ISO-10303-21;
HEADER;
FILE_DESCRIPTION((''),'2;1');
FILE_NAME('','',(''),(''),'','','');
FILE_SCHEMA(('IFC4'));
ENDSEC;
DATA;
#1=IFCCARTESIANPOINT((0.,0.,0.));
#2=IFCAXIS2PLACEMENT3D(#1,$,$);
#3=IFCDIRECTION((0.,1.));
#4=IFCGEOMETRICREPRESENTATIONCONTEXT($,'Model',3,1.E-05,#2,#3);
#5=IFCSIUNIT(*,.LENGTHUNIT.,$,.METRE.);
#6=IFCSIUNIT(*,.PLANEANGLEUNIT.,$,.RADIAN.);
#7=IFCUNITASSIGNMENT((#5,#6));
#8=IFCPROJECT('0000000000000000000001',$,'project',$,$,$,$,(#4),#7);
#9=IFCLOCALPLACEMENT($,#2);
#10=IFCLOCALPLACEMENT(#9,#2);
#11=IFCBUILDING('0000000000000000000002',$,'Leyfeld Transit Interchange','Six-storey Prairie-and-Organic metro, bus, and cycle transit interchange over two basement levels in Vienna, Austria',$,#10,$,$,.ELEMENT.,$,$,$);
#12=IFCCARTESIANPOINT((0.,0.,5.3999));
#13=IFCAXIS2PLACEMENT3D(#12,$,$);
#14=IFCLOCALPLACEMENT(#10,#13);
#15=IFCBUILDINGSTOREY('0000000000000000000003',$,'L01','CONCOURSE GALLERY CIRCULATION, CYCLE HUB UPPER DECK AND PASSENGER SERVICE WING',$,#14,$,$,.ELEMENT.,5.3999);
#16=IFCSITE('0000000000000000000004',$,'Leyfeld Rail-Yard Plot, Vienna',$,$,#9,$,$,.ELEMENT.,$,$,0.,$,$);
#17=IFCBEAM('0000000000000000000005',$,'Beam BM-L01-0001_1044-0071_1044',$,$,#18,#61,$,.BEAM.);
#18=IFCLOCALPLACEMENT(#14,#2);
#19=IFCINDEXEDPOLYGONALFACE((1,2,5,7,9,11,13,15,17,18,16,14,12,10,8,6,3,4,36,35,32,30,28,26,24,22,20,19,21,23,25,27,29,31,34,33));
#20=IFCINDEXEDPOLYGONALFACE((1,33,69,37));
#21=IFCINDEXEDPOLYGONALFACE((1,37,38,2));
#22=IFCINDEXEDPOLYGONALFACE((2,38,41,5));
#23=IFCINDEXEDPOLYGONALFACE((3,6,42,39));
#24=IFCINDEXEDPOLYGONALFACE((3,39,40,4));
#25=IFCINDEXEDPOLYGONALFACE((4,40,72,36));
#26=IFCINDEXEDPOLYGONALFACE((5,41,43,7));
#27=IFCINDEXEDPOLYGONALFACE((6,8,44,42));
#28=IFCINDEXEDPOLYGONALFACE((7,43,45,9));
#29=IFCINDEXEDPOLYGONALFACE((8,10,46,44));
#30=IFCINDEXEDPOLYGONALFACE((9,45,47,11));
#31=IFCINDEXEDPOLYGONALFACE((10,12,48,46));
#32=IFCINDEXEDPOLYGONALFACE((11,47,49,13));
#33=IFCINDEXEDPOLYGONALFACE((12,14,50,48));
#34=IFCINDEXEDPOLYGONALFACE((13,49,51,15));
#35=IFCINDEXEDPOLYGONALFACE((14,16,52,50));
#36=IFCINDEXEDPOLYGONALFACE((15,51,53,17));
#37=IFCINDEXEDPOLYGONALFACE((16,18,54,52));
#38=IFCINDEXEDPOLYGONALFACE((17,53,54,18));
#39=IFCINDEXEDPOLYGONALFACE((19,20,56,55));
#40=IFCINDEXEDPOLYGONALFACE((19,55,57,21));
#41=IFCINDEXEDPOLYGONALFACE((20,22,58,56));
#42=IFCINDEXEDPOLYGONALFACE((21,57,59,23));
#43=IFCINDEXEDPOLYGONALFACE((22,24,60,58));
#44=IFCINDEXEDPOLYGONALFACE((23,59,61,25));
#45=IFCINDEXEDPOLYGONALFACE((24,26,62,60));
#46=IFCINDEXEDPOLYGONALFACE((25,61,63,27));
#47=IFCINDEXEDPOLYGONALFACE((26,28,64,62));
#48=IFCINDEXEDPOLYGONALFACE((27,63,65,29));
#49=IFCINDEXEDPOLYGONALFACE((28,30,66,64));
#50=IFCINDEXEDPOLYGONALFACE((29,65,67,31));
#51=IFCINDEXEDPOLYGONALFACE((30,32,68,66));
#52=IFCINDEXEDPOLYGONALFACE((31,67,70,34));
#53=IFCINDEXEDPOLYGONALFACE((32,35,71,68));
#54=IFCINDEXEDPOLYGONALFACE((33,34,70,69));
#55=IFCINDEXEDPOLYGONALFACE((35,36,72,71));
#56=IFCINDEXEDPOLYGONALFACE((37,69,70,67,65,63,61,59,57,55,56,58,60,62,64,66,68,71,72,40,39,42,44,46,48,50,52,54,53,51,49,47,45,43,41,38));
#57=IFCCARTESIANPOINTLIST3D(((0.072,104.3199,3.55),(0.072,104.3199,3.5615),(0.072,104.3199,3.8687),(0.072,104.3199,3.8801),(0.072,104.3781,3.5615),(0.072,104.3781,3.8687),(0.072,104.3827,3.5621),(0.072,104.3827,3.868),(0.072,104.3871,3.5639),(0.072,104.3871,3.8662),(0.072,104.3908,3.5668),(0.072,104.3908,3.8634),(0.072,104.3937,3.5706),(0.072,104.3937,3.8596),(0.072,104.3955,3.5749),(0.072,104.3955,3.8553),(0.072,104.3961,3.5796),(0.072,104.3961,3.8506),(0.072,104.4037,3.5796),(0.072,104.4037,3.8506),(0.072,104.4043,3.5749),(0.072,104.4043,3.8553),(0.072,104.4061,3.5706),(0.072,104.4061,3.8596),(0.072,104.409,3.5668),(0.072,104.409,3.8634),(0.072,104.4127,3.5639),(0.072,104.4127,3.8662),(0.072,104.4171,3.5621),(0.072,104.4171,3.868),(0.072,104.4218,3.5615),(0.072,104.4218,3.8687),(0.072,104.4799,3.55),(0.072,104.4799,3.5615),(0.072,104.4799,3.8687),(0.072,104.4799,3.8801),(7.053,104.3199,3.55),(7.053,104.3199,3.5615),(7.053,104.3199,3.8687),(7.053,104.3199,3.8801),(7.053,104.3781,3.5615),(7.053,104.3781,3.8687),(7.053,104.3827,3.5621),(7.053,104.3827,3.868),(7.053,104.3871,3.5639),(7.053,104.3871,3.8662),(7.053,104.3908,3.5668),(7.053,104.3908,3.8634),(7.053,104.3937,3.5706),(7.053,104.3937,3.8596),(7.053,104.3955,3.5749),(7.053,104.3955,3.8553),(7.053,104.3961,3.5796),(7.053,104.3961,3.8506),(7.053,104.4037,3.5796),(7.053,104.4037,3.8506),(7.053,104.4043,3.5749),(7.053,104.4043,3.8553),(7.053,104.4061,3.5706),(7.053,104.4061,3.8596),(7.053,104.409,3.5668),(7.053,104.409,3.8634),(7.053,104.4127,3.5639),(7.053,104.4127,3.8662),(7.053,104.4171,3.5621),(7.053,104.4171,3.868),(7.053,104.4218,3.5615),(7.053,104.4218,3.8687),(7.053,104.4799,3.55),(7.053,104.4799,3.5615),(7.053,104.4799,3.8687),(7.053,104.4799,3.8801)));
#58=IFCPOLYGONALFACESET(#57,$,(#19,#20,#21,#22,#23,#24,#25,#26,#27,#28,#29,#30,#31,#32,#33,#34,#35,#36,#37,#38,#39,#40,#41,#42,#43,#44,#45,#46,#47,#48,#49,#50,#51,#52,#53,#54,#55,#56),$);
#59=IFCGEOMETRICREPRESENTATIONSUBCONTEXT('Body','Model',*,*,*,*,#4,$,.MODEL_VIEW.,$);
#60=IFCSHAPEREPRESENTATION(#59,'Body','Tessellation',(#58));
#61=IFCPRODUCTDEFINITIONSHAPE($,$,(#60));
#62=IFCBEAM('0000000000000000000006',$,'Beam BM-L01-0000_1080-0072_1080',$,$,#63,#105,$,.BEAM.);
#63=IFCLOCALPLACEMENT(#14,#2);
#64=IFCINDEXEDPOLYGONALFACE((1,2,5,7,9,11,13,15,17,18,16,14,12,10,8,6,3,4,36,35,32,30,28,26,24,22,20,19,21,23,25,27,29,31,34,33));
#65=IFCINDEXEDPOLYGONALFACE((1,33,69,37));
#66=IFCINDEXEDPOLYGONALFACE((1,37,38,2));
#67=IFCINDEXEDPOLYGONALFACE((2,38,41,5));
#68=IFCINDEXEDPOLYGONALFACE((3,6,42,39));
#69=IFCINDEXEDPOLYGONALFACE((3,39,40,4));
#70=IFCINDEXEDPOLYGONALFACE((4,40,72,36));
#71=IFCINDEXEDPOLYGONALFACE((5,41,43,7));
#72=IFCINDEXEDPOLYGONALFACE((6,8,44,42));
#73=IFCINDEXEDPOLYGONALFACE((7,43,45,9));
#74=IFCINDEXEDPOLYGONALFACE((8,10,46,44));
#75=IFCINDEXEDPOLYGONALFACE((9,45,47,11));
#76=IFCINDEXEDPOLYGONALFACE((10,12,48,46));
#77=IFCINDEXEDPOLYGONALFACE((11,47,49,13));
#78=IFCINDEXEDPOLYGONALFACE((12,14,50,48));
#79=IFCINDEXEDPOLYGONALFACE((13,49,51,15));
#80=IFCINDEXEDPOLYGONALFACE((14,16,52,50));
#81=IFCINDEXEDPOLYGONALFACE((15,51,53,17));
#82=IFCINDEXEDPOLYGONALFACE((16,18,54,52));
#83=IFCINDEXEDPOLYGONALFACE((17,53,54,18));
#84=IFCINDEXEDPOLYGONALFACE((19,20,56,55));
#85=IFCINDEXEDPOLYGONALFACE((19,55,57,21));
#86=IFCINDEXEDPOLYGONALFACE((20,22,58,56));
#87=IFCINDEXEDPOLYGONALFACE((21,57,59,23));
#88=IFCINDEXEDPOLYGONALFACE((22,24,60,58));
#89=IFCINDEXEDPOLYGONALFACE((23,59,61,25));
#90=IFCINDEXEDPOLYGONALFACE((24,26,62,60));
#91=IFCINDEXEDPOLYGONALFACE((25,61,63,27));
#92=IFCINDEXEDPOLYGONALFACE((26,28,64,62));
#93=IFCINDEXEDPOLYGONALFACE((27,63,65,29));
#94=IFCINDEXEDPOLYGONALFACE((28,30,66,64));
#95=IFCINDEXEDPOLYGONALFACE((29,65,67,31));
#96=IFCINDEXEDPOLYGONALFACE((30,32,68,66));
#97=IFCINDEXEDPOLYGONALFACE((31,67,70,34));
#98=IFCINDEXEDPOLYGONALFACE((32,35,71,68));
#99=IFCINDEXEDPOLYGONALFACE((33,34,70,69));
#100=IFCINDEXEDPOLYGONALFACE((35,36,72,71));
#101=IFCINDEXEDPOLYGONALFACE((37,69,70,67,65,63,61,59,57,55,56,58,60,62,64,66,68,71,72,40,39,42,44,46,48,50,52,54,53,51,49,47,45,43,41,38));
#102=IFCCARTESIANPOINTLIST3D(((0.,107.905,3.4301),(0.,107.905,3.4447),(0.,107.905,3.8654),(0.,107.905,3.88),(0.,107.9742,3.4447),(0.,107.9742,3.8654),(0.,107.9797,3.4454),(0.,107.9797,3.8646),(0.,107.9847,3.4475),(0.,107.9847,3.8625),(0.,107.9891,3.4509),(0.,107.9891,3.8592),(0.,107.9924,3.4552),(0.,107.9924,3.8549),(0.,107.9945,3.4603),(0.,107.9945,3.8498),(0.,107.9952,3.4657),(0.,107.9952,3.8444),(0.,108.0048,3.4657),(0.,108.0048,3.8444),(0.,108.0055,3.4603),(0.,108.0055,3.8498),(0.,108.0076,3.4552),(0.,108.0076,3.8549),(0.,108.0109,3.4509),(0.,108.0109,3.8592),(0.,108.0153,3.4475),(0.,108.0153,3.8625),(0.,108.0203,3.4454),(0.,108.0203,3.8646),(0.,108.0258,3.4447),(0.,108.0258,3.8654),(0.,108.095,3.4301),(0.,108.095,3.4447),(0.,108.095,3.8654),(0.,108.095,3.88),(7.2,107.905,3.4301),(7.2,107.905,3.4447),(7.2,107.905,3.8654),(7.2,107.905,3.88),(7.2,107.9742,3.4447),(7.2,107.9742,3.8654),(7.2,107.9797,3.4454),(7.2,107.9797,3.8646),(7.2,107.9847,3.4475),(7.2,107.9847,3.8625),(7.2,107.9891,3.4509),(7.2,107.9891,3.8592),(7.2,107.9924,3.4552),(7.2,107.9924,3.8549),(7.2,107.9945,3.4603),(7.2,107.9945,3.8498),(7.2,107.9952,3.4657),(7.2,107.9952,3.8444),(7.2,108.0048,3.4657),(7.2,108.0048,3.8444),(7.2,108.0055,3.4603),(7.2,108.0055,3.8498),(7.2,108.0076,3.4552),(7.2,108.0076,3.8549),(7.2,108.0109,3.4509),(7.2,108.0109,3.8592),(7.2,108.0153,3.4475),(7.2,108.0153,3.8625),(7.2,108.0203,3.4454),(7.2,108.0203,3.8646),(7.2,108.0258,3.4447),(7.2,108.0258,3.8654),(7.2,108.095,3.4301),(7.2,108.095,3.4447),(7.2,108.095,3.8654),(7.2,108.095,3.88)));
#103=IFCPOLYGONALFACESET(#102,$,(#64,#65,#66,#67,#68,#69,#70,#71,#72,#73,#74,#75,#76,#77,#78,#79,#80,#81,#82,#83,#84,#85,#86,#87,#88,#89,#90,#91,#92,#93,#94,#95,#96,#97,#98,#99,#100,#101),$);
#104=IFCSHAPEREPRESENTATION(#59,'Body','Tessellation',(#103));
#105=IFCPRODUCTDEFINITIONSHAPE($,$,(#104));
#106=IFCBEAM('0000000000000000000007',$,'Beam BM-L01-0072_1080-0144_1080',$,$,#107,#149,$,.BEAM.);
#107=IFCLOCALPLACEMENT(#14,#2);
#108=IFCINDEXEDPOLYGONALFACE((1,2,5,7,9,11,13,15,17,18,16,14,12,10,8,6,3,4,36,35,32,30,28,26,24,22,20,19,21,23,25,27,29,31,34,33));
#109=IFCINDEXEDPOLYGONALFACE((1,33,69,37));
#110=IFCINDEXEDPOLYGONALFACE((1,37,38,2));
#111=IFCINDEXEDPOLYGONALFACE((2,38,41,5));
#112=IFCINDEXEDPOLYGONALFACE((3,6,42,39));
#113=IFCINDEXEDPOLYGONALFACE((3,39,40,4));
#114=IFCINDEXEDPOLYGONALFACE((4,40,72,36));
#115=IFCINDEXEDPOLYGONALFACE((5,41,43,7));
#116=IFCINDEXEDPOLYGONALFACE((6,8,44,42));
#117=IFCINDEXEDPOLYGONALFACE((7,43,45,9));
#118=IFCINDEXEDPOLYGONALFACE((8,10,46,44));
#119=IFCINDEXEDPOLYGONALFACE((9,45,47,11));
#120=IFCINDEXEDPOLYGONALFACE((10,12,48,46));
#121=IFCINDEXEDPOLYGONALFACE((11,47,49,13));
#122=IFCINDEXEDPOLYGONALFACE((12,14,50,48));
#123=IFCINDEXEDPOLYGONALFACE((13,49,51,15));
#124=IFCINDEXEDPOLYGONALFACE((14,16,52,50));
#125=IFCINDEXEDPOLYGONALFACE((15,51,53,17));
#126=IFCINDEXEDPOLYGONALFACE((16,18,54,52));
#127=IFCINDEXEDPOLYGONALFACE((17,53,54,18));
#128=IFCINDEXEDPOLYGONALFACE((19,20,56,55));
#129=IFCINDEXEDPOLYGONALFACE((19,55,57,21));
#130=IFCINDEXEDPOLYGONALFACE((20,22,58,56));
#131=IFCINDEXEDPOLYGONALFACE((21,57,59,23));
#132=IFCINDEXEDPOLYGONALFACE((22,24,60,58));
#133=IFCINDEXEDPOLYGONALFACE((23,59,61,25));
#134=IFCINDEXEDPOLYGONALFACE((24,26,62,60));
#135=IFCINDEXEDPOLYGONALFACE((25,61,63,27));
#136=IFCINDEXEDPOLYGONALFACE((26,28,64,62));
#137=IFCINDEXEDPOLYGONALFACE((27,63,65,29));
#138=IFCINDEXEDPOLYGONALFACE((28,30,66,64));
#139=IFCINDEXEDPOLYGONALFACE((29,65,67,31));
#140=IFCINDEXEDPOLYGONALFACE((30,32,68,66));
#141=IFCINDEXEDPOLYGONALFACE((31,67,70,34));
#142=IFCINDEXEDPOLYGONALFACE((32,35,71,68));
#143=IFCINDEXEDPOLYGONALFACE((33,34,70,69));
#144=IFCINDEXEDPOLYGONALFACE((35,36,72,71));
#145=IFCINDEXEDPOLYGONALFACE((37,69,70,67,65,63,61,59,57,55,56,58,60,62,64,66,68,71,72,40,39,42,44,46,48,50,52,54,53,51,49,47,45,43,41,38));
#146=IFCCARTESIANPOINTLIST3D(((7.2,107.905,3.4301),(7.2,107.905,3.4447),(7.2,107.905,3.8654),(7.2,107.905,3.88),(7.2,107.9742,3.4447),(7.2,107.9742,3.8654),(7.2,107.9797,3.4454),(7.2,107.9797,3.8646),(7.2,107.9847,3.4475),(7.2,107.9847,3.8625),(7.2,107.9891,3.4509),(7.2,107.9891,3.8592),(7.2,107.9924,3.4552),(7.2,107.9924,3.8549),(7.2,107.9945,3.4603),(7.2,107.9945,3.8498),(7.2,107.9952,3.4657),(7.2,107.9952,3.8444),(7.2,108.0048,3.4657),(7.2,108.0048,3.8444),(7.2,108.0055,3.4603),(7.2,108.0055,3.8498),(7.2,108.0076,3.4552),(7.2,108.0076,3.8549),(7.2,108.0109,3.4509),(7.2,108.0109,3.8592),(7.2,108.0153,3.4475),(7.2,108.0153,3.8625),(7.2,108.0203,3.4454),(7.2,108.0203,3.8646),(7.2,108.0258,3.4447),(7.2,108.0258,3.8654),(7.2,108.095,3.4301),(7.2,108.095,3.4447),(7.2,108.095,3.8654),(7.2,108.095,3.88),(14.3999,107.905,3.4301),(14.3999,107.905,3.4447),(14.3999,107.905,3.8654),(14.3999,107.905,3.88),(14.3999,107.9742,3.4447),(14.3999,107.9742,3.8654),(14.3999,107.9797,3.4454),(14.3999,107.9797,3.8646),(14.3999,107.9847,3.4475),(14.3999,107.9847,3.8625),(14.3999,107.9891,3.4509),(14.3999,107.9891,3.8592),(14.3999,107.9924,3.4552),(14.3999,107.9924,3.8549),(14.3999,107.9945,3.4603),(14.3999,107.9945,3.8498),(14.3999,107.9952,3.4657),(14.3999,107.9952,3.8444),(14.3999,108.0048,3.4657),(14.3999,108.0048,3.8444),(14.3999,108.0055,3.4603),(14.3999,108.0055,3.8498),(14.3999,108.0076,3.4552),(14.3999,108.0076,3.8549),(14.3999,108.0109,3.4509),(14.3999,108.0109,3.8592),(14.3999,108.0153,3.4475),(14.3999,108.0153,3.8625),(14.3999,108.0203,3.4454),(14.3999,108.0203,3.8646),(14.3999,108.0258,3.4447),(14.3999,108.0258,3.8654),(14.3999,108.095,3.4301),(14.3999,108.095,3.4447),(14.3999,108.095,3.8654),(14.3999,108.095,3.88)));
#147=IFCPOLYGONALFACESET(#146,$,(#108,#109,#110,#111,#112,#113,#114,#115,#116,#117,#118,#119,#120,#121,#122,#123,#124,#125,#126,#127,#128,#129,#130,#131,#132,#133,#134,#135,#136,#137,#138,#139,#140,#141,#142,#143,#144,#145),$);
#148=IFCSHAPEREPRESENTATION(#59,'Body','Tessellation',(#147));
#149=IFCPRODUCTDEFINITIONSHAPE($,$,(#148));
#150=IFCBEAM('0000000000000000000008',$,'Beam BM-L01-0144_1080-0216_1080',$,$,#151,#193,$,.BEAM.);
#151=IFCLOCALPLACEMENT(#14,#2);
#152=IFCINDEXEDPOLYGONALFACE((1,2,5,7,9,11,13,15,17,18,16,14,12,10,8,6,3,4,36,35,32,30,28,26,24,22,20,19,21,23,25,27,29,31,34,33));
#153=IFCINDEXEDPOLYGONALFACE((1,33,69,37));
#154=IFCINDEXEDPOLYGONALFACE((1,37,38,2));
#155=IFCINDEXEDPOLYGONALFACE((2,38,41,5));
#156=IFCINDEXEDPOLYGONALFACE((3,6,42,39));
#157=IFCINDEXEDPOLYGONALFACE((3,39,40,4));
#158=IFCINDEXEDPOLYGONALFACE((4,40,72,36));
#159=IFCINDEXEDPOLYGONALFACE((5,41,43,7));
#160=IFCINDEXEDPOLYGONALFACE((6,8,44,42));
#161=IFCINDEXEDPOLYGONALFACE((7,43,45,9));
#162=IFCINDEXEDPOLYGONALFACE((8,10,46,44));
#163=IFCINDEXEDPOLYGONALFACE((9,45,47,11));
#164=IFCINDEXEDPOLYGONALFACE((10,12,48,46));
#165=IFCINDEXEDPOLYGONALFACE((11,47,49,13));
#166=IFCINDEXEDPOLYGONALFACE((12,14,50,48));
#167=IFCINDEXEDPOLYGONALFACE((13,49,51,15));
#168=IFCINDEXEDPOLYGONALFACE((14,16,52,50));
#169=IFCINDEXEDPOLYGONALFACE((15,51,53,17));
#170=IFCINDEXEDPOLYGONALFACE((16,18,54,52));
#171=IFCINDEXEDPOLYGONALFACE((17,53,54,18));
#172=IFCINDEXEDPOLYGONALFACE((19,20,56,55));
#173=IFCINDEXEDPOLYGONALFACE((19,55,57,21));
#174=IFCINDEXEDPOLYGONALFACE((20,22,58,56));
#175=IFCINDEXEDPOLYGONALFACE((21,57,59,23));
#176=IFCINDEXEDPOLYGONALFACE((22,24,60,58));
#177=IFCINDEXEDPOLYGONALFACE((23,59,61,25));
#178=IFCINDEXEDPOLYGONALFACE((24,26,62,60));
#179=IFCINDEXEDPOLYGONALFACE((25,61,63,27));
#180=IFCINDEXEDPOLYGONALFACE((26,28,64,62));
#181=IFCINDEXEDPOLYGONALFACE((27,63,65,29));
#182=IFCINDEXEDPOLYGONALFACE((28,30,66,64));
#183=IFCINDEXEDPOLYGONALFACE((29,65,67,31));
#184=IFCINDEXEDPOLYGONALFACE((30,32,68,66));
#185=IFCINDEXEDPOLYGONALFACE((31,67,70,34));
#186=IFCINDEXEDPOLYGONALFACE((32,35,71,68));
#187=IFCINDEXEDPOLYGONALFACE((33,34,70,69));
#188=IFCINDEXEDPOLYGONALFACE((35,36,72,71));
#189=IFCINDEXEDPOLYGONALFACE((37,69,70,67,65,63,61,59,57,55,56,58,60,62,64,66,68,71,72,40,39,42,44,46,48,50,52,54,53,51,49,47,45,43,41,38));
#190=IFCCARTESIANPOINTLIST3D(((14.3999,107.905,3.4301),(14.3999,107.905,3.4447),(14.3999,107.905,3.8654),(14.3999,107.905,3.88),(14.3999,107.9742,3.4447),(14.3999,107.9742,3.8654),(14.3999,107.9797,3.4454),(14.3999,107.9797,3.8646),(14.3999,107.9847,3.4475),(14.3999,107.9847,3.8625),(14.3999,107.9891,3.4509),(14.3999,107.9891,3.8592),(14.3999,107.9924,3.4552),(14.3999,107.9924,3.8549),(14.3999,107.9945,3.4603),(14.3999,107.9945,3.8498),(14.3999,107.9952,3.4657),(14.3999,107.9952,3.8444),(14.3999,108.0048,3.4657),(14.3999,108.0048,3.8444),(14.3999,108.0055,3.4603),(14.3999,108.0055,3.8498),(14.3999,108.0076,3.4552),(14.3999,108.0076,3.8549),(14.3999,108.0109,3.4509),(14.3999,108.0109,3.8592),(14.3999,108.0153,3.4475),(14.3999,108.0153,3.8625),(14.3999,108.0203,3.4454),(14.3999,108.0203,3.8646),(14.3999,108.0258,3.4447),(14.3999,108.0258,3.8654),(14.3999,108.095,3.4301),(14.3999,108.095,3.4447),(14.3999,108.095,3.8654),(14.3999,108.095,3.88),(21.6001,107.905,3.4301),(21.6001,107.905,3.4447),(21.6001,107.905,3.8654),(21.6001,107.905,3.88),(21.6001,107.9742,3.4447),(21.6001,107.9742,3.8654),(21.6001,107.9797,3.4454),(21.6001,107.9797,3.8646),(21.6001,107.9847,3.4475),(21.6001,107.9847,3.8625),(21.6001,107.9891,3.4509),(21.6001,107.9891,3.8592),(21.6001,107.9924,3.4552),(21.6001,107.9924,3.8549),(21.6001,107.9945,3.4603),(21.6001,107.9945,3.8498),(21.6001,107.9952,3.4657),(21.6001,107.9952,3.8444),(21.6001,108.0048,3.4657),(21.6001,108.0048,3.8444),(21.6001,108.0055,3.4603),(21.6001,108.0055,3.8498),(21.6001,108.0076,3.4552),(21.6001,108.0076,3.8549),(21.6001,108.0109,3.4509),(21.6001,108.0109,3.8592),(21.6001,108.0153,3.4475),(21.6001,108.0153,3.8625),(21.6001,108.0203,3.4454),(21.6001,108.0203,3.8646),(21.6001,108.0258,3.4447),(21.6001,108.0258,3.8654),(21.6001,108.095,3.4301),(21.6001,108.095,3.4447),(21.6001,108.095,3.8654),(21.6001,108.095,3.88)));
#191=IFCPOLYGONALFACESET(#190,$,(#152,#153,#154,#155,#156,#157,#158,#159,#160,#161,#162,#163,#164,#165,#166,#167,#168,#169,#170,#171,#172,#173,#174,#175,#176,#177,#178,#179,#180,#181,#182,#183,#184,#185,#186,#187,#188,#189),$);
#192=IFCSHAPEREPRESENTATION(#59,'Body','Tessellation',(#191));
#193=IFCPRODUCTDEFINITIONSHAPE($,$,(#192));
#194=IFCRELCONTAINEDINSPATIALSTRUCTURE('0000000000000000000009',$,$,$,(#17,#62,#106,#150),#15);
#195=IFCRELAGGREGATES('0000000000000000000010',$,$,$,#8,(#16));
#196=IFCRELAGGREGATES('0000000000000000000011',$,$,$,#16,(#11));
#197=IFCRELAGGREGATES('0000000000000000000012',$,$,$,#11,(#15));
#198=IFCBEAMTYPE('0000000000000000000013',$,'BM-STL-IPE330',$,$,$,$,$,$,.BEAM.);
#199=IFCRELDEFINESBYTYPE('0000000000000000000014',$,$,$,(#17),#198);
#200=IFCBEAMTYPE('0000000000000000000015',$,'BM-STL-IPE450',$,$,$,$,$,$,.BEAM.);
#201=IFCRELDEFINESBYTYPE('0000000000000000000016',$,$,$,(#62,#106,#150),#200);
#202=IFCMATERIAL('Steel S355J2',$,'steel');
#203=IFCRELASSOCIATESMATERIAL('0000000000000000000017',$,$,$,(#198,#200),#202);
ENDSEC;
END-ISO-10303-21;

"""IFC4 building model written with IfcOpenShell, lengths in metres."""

from ifc_helpers import new_model, si_unit, direction, frame, origin, origin_2d, place, context, subcontext, project, spatial, i_section, extrude, material, material_profile, profile_set, type_object, element, save


model = new_model("IFC4")

# Units and contexts
model_context = context("Model", 3, precision=1e-05, world=origin(), true_north=direction((0.0, 1.0)))
body_context = subcontext(model_context, "Body", "Model", "MODEL_VIEW")
ifc_project = project(units=[si_unit("LENGTHUNIT", "METRE"), si_unit("PLANEANGLEUNIT", "RADIAN")], contexts=[model_context])

# Site, building, storey
site_placement = place(None, origin())
site = spatial("IfcSite", under=ifc_project, at=site_placement, Name="Leyfeld Rail-Yard Plot, Vienna", CompositionType="ELEMENT", RefElevation=0.0)
building_placement = place(site_placement, origin())
building = spatial("IfcBuilding", under=site, at=building_placement, Name="Leyfeld Transit Interchange", Description="Six-storey Prairie-and-Organic metro, bus, and cycle transit interchange over two basement levels in Vienna, Austria", CompositionType="ELEMENT")
storey_placement = place(building_placement, frame((0.0, 0.0, 5.3999)))
storey = spatial("IfcBuildingStorey", under=building, at=storey_placement, Name="L01", Description="CONCOURSE GALLERY CIRCULATION, CYCLE HUB UPPER DECK AND PASSENGER SERVICE WING", CompositionType="ELEMENT", Elevation=5.3999)

# Beams
ifc_material_1 = material(Name="Steel S355J2", Category="steel")
ifc_material_profile_1 = material_profile(ifc_material_1, i_section(OverallWidth=0.1599, OverallDepth=0.3301, WebThickness=0.0076, FlangeThickness=0.0115, FilletRadius=0.0181, at=origin_2d()), Name="IPE 330")
ifc_profile_set_1 = profile_set([ifc_material_profile_1], Name="Steel S355J2")
beam_type_1 = type_object("IfcBeamType", Name="BM-STL-IPE330", PredefinedType="BEAM", material=ifc_profile_set_1)
beam_1_placement = place(storey_placement, frame((0.072, 104.3999, 3.7151), z_axis=(1.0, 0.0, 0.0), x_axis=(0.0, 1.0, 0.0)))
element("IfcBeam", 1, at=beam_1_placement, inside=storey, type_object=beam_type_1, Name="Beam BM-L01-0001_1044-0071_1044", PredefinedType="BEAM", context=body_context, shape_type="SweptSolid", body=[
    extrude(i_section(OverallWidth=0.1599, OverallDepth=0.3301, WebThickness=0.0076, FlangeThickness=0.0115, FilletRadius=0.0181, at=origin_2d()), origin(), (0.0, 0.0, 1.0), 6.981),
])
ifc_material_profile_2 = material_profile(ifc_material_1, i_section(OverallWidth=0.1899, OverallDepth=0.45, WebThickness=0.0095, FlangeThickness=0.0146, FilletRadius=0.021, at=origin_2d()), Name="IPE 450")
ifc_profile_set_2 = profile_set([ifc_material_profile_2], Name="Steel S355J2")
beam_type_2 = type_object("IfcBeamType", Name="BM-STL-IPE450", PredefinedType="BEAM", material=ifc_profile_set_2)
for number, where, z_axis, x_axis, name in (
    (2, (0.0, 108.0, 3.655), (1.0, 0.0, 0.0), (0.0, 1.0, 0.0), "Beam BM-L01-0000_1080-0072_1080"),
    (3, (7.2, 108.0, 3.655), (1.0, 0.0, 0.0), (0.0, 1.0, 0.0), "Beam BM-L01-0072_1080-0144_1080"),
):
    element("IfcBeam", number, at=place(storey_placement, frame(where, z_axis=z_axis, x_axis=x_axis)), inside=storey, type_object=beam_type_2, Name=name, PredefinedType="BEAM", context=body_context, shape_type="SweptSolid", body=[
        extrude(i_section(OverallWidth=0.1899, OverallDepth=0.45, WebThickness=0.0095, FlangeThickness=0.0146, FilletRadius=0.021, at=origin_2d()), origin(), (0.0, 0.0, 1.0), 7.2),
    ])
beam_2_placement = place(storey_placement, frame((14.3999, 108.0, 3.655), z_axis=(1.0, 0.0, 0.0), x_axis=(0.0, 1.0, 0.0)))
element("IfcBeam", 4, at=beam_2_placement, inside=storey, type_object=beam_type_2, Name="Beam BM-L01-0144_1080-0216_1080", PredefinedType="BEAM", context=body_context, shape_type="SweptSolid", body=[
    extrude(i_section(OverallWidth=0.1899, OverallDepth=0.45, WebThickness=0.0095, FlangeThickness=0.0146, FilletRadius=0.021, at=origin_2d()), origin(), (0.0, 0.0, 1.0), 7.2002),
])

save(model, "model.ifc")
